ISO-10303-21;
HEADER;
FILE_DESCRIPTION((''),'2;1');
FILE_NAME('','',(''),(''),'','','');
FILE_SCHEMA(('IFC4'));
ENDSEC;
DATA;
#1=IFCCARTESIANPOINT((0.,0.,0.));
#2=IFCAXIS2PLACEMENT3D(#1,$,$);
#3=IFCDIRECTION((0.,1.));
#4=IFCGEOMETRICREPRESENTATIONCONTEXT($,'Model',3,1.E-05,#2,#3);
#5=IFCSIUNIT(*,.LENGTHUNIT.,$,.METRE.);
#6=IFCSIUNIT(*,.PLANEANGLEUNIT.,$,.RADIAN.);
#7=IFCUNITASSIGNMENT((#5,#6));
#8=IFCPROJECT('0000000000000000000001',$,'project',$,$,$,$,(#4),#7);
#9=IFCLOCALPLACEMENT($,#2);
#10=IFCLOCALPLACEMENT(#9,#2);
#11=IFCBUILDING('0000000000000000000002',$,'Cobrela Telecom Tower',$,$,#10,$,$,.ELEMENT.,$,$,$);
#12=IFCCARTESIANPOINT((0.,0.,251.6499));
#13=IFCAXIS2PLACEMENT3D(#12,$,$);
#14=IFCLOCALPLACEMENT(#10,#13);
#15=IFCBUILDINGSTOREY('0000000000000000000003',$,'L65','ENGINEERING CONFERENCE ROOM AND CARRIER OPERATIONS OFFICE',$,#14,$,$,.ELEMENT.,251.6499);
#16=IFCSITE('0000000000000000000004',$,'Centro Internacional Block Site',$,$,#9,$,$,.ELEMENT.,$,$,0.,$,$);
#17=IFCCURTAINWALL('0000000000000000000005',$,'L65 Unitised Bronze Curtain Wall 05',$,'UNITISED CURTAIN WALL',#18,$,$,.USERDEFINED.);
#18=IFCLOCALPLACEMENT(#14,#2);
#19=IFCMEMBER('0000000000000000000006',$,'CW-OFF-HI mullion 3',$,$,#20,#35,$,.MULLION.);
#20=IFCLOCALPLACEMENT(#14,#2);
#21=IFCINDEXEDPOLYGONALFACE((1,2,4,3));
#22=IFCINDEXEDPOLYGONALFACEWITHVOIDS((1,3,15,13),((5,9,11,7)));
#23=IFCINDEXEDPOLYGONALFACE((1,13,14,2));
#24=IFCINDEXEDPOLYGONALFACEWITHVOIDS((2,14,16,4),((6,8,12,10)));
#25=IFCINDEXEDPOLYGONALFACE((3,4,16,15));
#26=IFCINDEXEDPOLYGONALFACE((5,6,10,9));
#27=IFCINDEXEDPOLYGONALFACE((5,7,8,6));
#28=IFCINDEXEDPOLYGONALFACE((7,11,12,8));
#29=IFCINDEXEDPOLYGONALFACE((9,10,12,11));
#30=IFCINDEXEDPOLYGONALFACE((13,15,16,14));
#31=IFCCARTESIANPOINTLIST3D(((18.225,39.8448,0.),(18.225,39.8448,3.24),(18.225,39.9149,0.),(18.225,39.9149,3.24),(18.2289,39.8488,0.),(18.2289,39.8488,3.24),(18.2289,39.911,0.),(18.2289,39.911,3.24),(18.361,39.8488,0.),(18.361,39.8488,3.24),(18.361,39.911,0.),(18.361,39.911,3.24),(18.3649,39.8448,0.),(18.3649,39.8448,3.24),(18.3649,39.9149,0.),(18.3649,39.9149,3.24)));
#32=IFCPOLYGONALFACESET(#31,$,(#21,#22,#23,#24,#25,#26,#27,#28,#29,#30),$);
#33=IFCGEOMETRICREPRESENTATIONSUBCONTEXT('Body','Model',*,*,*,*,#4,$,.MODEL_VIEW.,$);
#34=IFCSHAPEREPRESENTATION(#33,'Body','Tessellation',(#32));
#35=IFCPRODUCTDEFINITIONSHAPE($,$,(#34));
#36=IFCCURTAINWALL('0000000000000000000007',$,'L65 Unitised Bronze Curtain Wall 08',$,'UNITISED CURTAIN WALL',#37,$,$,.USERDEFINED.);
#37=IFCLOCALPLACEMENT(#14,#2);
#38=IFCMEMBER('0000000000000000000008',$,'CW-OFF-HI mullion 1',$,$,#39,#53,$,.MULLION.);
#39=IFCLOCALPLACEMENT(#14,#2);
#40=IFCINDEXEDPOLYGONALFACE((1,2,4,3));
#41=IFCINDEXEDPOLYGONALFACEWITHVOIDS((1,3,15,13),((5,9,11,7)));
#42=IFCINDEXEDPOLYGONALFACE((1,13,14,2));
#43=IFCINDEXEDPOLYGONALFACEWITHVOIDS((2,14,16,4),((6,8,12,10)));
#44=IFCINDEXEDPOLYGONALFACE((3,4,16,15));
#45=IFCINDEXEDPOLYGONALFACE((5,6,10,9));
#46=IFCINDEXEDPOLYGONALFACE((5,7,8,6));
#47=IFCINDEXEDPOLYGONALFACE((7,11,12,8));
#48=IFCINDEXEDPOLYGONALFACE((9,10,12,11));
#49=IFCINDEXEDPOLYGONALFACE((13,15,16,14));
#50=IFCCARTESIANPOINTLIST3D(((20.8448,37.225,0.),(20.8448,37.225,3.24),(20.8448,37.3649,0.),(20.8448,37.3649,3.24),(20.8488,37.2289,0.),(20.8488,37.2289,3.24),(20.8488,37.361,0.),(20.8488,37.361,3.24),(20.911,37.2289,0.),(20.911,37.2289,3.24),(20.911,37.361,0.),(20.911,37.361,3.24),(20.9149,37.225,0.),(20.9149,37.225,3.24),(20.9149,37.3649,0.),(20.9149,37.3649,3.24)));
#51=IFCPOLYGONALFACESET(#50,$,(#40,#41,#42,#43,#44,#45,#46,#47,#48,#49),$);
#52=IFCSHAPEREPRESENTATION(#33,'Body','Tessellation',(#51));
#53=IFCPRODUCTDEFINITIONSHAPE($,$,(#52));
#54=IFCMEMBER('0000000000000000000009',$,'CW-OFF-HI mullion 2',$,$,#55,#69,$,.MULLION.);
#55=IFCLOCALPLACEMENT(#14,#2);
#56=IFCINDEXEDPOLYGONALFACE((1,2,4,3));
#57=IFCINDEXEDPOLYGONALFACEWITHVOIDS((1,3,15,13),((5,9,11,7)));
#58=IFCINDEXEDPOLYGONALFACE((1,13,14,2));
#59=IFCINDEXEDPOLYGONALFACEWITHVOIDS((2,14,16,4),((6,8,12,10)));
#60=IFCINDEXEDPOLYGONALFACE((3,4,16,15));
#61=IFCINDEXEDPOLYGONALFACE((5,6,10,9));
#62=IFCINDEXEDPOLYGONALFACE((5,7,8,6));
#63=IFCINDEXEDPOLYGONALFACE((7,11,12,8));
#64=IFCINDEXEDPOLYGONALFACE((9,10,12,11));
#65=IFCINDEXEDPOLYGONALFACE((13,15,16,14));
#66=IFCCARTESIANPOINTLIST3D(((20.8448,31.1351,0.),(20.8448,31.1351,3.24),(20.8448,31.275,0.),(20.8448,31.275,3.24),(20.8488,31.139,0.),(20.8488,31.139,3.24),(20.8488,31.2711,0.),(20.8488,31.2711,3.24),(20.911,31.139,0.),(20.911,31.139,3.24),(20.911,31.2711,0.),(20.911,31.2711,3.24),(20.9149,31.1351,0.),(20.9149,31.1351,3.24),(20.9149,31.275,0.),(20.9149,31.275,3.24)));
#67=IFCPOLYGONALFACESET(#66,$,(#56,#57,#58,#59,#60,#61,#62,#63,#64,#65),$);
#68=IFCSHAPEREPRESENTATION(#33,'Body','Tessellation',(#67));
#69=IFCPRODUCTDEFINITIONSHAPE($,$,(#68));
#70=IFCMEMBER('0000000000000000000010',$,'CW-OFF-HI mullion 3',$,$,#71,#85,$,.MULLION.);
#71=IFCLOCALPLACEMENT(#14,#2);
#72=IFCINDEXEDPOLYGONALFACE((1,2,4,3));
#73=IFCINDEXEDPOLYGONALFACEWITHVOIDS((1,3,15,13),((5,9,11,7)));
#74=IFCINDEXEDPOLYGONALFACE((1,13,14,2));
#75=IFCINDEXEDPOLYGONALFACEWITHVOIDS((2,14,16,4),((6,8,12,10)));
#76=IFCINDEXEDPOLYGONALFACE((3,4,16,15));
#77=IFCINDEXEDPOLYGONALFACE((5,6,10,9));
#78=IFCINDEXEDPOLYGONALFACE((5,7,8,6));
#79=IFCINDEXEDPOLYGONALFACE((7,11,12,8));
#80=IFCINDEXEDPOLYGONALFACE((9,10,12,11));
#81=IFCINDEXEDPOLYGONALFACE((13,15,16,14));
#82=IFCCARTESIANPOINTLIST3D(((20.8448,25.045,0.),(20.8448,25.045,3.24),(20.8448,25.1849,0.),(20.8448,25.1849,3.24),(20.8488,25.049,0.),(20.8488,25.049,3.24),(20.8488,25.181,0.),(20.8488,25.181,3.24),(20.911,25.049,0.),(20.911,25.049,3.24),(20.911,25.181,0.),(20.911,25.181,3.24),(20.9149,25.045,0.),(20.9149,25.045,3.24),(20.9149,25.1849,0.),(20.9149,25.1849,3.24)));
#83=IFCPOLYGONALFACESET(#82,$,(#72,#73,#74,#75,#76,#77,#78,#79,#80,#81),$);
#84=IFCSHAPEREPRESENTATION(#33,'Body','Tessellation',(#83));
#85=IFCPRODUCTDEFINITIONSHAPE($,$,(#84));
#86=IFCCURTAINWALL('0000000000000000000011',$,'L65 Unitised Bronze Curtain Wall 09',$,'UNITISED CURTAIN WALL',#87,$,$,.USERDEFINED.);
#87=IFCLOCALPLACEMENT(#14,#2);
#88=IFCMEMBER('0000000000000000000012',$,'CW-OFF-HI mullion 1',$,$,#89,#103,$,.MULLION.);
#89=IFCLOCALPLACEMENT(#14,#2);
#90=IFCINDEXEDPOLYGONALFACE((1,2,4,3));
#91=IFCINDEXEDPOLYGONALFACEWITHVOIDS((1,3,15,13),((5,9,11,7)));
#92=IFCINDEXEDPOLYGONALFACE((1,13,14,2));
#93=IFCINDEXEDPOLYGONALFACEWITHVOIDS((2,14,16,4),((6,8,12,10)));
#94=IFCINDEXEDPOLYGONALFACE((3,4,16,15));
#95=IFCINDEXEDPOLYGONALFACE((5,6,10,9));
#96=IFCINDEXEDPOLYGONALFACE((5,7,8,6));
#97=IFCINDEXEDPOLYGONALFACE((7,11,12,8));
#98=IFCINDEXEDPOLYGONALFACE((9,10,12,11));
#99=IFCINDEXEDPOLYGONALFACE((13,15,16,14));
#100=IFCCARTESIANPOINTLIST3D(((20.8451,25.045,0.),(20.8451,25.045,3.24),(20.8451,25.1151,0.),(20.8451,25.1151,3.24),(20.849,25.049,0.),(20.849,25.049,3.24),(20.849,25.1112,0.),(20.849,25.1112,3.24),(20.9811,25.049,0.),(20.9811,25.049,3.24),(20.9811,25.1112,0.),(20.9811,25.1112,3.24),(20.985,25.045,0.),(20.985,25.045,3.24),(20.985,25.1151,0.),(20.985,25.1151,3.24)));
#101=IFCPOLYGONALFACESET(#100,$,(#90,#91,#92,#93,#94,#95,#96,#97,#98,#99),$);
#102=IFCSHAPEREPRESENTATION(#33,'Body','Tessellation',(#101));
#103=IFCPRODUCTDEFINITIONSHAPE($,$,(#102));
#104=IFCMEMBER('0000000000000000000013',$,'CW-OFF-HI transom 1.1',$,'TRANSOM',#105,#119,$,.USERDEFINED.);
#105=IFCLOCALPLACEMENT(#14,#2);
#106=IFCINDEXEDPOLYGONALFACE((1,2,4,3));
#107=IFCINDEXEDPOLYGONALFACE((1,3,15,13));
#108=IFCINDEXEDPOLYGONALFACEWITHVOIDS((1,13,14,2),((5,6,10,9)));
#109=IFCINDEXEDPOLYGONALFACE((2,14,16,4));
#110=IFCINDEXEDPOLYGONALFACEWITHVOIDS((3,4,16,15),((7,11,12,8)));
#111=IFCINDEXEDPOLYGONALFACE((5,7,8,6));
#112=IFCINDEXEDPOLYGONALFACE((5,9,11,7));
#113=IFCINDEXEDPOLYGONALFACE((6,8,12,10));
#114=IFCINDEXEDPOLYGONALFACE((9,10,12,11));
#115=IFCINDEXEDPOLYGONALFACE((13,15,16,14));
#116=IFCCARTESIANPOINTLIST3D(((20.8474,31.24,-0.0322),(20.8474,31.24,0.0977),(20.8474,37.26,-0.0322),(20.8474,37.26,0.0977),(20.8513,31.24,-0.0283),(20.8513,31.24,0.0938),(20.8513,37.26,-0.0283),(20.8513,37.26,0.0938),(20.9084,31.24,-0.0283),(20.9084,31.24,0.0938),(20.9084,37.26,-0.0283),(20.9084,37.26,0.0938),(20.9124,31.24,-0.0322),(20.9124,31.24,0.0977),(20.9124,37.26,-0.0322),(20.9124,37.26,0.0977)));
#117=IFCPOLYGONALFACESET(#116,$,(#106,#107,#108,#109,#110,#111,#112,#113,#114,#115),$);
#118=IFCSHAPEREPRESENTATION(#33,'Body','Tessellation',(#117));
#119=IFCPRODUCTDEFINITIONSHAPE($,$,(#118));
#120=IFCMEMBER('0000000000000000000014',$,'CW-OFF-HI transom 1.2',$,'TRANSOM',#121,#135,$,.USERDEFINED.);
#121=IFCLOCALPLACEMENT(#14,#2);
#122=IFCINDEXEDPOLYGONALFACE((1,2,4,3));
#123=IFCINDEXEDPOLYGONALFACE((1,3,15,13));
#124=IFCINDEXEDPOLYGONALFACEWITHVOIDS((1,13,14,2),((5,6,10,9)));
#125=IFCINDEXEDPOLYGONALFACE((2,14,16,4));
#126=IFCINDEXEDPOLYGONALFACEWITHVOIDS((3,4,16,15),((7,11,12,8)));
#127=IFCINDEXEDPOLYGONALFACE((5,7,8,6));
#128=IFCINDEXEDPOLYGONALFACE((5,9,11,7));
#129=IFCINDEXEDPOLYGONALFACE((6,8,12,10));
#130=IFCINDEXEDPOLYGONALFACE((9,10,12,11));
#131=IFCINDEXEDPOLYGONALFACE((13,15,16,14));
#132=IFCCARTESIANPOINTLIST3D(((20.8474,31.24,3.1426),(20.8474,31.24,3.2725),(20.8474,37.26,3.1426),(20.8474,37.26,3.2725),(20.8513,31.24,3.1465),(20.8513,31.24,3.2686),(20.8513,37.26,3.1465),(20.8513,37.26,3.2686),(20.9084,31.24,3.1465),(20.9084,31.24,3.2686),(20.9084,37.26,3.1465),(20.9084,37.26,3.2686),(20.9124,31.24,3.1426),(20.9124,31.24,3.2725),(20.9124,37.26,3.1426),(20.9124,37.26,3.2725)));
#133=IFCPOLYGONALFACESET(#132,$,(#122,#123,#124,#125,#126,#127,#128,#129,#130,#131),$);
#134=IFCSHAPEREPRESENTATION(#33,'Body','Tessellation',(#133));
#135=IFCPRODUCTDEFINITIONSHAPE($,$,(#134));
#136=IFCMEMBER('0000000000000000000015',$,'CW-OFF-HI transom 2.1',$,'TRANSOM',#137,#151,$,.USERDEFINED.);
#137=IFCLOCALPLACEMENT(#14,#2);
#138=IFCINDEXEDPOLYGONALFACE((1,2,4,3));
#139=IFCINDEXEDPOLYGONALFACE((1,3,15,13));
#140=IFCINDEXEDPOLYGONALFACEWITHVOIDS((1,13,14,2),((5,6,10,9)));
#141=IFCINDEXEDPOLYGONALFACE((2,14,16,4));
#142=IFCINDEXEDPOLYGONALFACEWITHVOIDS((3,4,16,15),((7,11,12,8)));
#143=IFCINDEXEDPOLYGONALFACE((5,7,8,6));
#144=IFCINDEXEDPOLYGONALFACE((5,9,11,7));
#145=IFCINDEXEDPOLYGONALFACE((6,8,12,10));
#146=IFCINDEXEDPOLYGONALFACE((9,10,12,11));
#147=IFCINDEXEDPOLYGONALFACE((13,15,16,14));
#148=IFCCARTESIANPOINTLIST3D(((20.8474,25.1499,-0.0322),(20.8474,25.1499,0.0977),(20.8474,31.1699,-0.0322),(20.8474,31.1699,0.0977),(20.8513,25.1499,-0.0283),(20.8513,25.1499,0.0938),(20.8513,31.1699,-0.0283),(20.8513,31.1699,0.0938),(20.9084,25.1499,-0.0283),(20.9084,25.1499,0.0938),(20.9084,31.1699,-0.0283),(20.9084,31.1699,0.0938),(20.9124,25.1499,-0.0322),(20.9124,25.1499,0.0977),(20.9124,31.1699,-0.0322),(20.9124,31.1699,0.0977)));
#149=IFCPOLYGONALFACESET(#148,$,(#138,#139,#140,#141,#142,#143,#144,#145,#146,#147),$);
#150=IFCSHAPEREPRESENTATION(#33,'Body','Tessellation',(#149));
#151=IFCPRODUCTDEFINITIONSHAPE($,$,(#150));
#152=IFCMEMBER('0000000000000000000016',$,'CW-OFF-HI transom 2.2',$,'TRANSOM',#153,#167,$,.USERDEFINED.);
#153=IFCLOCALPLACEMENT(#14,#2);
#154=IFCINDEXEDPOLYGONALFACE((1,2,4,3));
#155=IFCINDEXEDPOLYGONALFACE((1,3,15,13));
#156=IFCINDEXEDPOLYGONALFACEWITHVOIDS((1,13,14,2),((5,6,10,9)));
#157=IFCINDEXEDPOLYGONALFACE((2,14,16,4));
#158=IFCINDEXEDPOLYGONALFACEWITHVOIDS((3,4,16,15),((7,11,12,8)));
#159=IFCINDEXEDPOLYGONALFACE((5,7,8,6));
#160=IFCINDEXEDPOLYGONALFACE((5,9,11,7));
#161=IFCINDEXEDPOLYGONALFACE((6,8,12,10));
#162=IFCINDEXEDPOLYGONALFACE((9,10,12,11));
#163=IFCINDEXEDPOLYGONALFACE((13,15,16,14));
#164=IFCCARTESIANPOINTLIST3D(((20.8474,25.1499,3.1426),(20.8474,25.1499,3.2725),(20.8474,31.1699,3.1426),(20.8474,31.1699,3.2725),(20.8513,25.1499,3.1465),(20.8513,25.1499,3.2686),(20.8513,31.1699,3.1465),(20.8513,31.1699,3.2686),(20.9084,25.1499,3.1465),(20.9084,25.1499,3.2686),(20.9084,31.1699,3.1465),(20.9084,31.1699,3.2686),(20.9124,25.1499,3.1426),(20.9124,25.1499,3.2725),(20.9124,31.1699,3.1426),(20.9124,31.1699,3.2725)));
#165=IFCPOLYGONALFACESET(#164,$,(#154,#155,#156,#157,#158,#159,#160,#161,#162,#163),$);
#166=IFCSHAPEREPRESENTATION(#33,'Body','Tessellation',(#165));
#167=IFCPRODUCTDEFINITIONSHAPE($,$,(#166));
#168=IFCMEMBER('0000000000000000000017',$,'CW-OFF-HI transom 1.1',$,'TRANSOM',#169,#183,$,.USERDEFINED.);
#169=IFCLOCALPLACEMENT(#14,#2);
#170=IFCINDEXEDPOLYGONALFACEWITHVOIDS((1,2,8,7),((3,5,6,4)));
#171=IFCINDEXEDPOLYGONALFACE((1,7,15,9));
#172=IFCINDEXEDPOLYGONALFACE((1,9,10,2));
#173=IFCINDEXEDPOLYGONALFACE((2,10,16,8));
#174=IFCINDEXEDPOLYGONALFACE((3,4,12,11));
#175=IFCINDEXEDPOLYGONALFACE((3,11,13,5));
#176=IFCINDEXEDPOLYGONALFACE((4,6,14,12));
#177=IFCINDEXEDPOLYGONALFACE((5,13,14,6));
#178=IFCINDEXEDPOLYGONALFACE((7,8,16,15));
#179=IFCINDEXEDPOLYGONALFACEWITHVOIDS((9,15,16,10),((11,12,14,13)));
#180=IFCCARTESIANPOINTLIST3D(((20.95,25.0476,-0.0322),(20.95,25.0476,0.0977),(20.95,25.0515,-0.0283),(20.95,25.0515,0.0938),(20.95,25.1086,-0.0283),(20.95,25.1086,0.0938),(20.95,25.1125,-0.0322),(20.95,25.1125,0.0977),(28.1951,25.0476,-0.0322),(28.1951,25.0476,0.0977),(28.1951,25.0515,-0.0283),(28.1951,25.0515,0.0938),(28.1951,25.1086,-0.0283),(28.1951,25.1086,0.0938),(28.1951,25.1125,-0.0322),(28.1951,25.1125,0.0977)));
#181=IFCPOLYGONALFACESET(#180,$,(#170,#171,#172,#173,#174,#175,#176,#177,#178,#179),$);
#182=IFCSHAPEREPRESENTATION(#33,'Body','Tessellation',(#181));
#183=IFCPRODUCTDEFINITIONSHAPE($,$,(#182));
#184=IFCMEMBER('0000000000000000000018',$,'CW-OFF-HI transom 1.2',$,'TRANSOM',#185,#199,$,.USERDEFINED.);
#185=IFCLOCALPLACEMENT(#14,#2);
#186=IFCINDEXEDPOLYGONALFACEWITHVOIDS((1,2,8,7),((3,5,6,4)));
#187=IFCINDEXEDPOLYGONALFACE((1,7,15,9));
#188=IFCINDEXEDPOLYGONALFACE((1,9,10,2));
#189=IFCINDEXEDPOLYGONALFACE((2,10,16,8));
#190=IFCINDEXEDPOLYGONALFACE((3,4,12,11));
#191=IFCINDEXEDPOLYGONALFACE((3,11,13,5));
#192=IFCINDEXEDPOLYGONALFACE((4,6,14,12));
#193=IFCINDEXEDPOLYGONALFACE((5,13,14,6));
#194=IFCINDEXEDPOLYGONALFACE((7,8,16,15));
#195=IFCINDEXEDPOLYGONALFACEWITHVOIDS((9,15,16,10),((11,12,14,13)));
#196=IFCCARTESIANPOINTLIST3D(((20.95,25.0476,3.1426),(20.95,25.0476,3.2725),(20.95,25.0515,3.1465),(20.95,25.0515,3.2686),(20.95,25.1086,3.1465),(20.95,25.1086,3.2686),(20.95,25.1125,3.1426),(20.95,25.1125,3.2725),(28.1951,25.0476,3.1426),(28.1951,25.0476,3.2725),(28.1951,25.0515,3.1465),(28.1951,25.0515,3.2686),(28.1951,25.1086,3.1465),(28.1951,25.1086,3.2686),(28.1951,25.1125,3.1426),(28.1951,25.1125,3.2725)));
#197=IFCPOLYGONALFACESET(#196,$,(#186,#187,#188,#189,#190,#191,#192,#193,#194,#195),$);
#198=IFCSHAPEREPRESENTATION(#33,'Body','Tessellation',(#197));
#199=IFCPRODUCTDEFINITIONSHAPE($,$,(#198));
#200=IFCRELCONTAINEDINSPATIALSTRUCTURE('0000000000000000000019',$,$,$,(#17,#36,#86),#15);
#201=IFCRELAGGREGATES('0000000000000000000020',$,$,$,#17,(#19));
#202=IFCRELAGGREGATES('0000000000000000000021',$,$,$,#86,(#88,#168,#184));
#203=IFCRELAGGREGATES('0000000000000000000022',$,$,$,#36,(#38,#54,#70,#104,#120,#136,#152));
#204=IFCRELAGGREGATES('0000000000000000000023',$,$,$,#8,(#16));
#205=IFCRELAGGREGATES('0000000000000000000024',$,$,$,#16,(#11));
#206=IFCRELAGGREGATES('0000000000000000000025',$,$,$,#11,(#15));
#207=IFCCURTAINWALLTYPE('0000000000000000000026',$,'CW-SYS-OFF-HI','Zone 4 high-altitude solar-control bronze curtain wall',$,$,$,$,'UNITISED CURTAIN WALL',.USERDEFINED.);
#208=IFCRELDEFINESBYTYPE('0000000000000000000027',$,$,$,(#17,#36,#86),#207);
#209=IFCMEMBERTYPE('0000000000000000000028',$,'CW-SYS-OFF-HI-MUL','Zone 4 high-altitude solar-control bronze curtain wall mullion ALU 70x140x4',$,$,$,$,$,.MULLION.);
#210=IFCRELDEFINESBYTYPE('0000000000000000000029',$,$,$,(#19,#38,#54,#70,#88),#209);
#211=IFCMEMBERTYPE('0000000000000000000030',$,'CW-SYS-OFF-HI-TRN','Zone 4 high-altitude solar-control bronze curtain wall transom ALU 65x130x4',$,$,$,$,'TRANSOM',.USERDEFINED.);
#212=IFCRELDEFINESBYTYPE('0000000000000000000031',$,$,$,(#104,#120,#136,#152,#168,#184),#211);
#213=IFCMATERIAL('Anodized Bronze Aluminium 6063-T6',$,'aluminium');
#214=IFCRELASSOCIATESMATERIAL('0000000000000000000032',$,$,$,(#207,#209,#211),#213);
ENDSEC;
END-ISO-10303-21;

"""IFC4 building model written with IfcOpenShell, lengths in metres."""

from ifc_helpers import new_model, si_unit, direction, frame, origin, origin_2d, place, context, subcontext, project, spatial, hollow_rectangle, extrude, material, material_profile, profile_set, type_object, element, aggregate, save


model = new_model("IFC4")

# Units and contexts
model_context = context("Model", 3, precision=1e-05, world=origin(), true_north=direction((0.0, 1.0)))
body_context = subcontext(model_context, "Body", "Model", "MODEL_VIEW")
ifc_project = project(units=[si_unit("LENGTHUNIT", "METRE"), si_unit("PLANEANGLEUNIT", "RADIAN")], contexts=[model_context])

# Site, building, storey
site_placement = place(None, origin())
site = spatial("IfcSite", under=ifc_project, at=site_placement, Name="Centro Internacional Block Site", CompositionType="ELEMENT", RefElevation=0.0)
building_placement = place(site_placement, origin())
building = spatial("IfcBuilding", under=site, at=building_placement, Name="Cobrela Telecom Tower", CompositionType="ELEMENT")
storey_placement = place(building_placement, frame((0.0, 0.0, 251.6499)))
storey = spatial("IfcBuildingStorey", under=building, at=storey_placement, Name="L65", Description="ENGINEERING CONFERENCE ROOM AND CARRIER OPERATIONS OFFICE", CompositionType="ELEMENT", Elevation=251.6499)

# Curtain wall, member
ifc_material_1 = material(Name="Anodized Bronze Aluminium 6063-T6", Category="aluminium")
curtain_wall_type = type_object("IfcCurtainWallType", Name="CW-SYS-OFF-HI", Description="Zone 4 high-altitude solar-control bronze curtain wall", ElementType="UNITISED CURTAIN WALL", PredefinedType="USERDEFINED", material=ifc_material_1)
curtain_wall_1_placement = place(storey_placement, origin())
curtain_wall_1 = element("IfcCurtainWall", 1, at=curtain_wall_1_placement, inside=storey, type_object=curtain_wall_type, Name="L65 Unitised Bronze Curtain Wall 05", ObjectType="UNITISED CURTAIN WALL", PredefinedType="USERDEFINED")
ifc_material_profile_1 = material_profile(ifc_material_1, hollow_rectangle(XDim=0.0701, YDim=0.1399, WallThickness=0.0039, at=origin_2d()), Name="ALU 70x140x4")
ifc_profile_set_1 = profile_set([ifc_material_profile_1], Name="Anodized Bronze Aluminium 6063-T6")
member_type_1 = type_object("IfcMemberType", Name="CW-SYS-OFF-HI-MUL", Description="Zone 4 high-altitude solar-control bronze curtain wall mullion ALU 70x140x4", PredefinedType="MULLION", material=ifc_profile_set_1)
member_1_placement = place(storey_placement, frame((18.2949, 39.8799, 0.0), z_axis=(0.0, 0.0, 1.0), x_axis=(0.0, 1.0, 0.0)))
member_1 = element("IfcMember", 2, at=member_1_placement, type_object=member_type_1, Name="CW-OFF-HI mullion 3", PredefinedType="MULLION", context=body_context, shape_type="SweptSolid", body=[
    extrude(hollow_rectangle(XDim=0.0701, YDim=0.1399, WallThickness=0.0039, at=origin_2d()), origin(), (0.0, 0.0, 1.0), 3.24),
])
aggregate(curtain_wall_1, [member_1])

# Curtain wall, members
curtain_wall_2_placement = place(storey_placement, origin())
curtain_wall_2 = element("IfcCurtainWall", 3, at=curtain_wall_2_placement, inside=storey, type_object=curtain_wall_type, Name="L65 Unitised Bronze Curtain Wall 08", ObjectType="UNITISED CURTAIN WALL", PredefinedType="USERDEFINED")
member_2_placement = place(storey_placement, frame((20.8799, 37.2949, 0.0), z_axis=(0.0, 0.0, 1.0), x_axis=(1.0, 0.0, 0.0)))
member_2 = element("IfcMember", 4, at=member_2_placement, type_object=member_type_1, Name="CW-OFF-HI mullion 1", PredefinedType="MULLION", context=body_context, shape_type="SweptSolid", body=[
    extrude(hollow_rectangle(XDim=0.0701, YDim=0.1399, WallThickness=0.0039, at=origin_2d()), origin(), (0.0, 0.0, 1.0), 3.24),
])
member_3_placement = place(storey_placement, frame((20.8799, 31.2051, 0.0), z_axis=(0.0, 0.0, 1.0), x_axis=(1.0, 0.0, 0.0)))
member_3 = element("IfcMember", 5, at=member_3_placement, type_object=member_type_1, Name="CW-OFF-HI mullion 2", PredefinedType="MULLION", context=body_context, shape_type="SweptSolid", body=[
    extrude(hollow_rectangle(XDim=0.0701, YDim=0.1399, WallThickness=0.0039, at=origin_2d()), origin(), (0.0, 0.0, 1.0), 3.24),
])
member_4_placement = place(storey_placement, frame((20.8799, 25.115, 0.0), z_axis=(0.0, 0.0, 1.0), x_axis=(1.0, 0.0, 0.0)))
member_4 = element("IfcMember", 6, at=member_4_placement, type_object=member_type_1, Name="CW-OFF-HI mullion 3", PredefinedType="MULLION", context=body_context, shape_type="SweptSolid", body=[
    extrude(hollow_rectangle(XDim=0.0701, YDim=0.1399, WallThickness=0.0039, at=origin_2d()), origin(), (0.0, 0.0, 1.0), 3.24),
])

# Curtain wall, member
curtain_wall_3_placement = place(storey_placement, origin())
curtain_wall_3 = element("IfcCurtainWall", 7, at=curtain_wall_3_placement, inside=storey, type_object=curtain_wall_type, Name="L65 Unitised Bronze Curtain Wall 09", ObjectType="UNITISED CURTAIN WALL", PredefinedType="USERDEFINED")
member_5_placement = place(storey_placement, frame((20.915, 25.0801, 0.0), z_axis=(0.0, 0.0, 1.0), x_axis=(0.0, 1.0, 0.0)))
member_5 = element("IfcMember", 8, at=member_5_placement, type_object=member_type_1, Name="CW-OFF-HI mullion 1", PredefinedType="MULLION", context=body_context, shape_type="SweptSolid", body=[
    extrude(hollow_rectangle(XDim=0.0701, YDim=0.1399, WallThickness=0.0039, at=origin_2d()), origin(), (0.0, 0.0, 1.0), 3.24),
])

# Members
ifc_material_profile_2 = material_profile(ifc_material_1, hollow_rectangle(XDim=0.0649, YDim=0.1299, WallThickness=0.0039, at=origin_2d()), Name="ALU 65x130x4")
ifc_profile_set_2 = profile_set([ifc_material_profile_2], Name="Anodized Bronze Aluminium 6063-T6")
member_type_2 = type_object("IfcMemberType", Name="CW-SYS-OFF-HI-TRN", Description="Zone 4 high-altitude solar-control bronze curtain wall transom ALU 65x130x4", ElementType="TRANSOM", PredefinedType="USERDEFINED", material=ifc_profile_set_2)
member_6_placement = place(storey_placement, frame((20.8799, 37.26, 0.0327), z_axis=(0.0, -1.0, 0.0), x_axis=(1.0, 0.0, 0.0)))
member_6 = element("IfcMember", 9, at=member_6_placement, type_object=member_type_2, Name="CW-OFF-HI transom 1.1", ObjectType="TRANSOM", PredefinedType="USERDEFINED", context=body_context, shape_type="SweptSolid", body=[
    extrude(hollow_rectangle(XDim=0.0649, YDim=0.1299, WallThickness=0.0039, at=origin_2d()), origin(), (0.0, 0.0, 1.0), 6.02),
])
member_7_placement = place(storey_placement, frame((20.8799, 37.26, 3.2075), z_axis=(0.0, -1.0, 0.0), x_axis=(1.0, 0.0, 0.0)))
member_7 = element("IfcMember", 10, at=member_7_placement, type_object=member_type_2, Name="CW-OFF-HI transom 1.2", ObjectType="TRANSOM", PredefinedType="USERDEFINED", context=body_context, shape_type="SweptSolid", body=[
    extrude(hollow_rectangle(XDim=0.0649, YDim=0.1299, WallThickness=0.0039, at=origin_2d()), origin(), (0.0, 0.0, 1.0), 6.02),
])
member_8_placement = place(storey_placement, frame((20.8799, 31.1699, 0.0327), z_axis=(0.0, -1.0, 0.0), x_axis=(1.0, 0.0, 0.0)))
member_8 = element("IfcMember", 11, at=member_8_placement, type_object=member_type_2, Name="CW-OFF-HI transom 2.1", ObjectType="TRANSOM", PredefinedType="USERDEFINED", context=body_context, shape_type="SweptSolid", body=[
    extrude(hollow_rectangle(XDim=0.0649, YDim=0.1299, WallThickness=0.0039, at=origin_2d()), origin(), (0.0, 0.0, 1.0), 6.02),
])
member_9_placement = place(storey_placement, frame((20.8799, 31.1699, 3.2075), z_axis=(0.0, -1.0, 0.0), x_axis=(1.0, 0.0, 0.0)))
member_9 = element("IfcMember", 12, at=member_9_placement, type_object=member_type_2, Name="CW-OFF-HI transom 2.2", ObjectType="TRANSOM", PredefinedType="USERDEFINED", context=body_context, shape_type="SweptSolid", body=[
    extrude(hollow_rectangle(XDim=0.0649, YDim=0.1299, WallThickness=0.0039, at=origin_2d()), origin(), (0.0, 0.0, 1.0), 6.02),
])
member_10_placement = place(storey_placement, frame((20.95, 25.0801, 0.0327), z_axis=(1.0, 0.0, 0.0), x_axis=(0.0, 1.0, 0.0)))
member_10 = element("IfcMember", 13, at=member_10_placement, type_object=member_type_2, Name="CW-OFF-HI transom 1.1", ObjectType="TRANSOM", PredefinedType="USERDEFINED", context=body_context, shape_type="SweptSolid", body=[
    extrude(hollow_rectangle(XDim=0.0649, YDim=0.1299, WallThickness=0.0039, at=origin_2d()), origin(), (0.0, 0.0, 1.0), 7.2451),
])
member_11_placement = place(storey_placement, frame((20.95, 25.0801, 3.2075), z_axis=(1.0, 0.0, 0.0), x_axis=(0.0, 1.0, 0.0)))
member_11 = element("IfcMember", 14, at=member_11_placement, type_object=member_type_2, Name="CW-OFF-HI transom 1.2", ObjectType="TRANSOM", PredefinedType="USERDEFINED", context=body_context, shape_type="SweptSolid", body=[
    extrude(hollow_rectangle(XDim=0.0649, YDim=0.1299, WallThickness=0.0039, at=origin_2d()), origin(), (0.0, 0.0, 1.0), 7.2451),
])
aggregate(curtain_wall_3, [member_5, member_10, member_11])

aggregate(curtain_wall_2, [member_2, member_3, member_4, member_6, member_7, member_8, member_9])

save(model, "model.ifc")
